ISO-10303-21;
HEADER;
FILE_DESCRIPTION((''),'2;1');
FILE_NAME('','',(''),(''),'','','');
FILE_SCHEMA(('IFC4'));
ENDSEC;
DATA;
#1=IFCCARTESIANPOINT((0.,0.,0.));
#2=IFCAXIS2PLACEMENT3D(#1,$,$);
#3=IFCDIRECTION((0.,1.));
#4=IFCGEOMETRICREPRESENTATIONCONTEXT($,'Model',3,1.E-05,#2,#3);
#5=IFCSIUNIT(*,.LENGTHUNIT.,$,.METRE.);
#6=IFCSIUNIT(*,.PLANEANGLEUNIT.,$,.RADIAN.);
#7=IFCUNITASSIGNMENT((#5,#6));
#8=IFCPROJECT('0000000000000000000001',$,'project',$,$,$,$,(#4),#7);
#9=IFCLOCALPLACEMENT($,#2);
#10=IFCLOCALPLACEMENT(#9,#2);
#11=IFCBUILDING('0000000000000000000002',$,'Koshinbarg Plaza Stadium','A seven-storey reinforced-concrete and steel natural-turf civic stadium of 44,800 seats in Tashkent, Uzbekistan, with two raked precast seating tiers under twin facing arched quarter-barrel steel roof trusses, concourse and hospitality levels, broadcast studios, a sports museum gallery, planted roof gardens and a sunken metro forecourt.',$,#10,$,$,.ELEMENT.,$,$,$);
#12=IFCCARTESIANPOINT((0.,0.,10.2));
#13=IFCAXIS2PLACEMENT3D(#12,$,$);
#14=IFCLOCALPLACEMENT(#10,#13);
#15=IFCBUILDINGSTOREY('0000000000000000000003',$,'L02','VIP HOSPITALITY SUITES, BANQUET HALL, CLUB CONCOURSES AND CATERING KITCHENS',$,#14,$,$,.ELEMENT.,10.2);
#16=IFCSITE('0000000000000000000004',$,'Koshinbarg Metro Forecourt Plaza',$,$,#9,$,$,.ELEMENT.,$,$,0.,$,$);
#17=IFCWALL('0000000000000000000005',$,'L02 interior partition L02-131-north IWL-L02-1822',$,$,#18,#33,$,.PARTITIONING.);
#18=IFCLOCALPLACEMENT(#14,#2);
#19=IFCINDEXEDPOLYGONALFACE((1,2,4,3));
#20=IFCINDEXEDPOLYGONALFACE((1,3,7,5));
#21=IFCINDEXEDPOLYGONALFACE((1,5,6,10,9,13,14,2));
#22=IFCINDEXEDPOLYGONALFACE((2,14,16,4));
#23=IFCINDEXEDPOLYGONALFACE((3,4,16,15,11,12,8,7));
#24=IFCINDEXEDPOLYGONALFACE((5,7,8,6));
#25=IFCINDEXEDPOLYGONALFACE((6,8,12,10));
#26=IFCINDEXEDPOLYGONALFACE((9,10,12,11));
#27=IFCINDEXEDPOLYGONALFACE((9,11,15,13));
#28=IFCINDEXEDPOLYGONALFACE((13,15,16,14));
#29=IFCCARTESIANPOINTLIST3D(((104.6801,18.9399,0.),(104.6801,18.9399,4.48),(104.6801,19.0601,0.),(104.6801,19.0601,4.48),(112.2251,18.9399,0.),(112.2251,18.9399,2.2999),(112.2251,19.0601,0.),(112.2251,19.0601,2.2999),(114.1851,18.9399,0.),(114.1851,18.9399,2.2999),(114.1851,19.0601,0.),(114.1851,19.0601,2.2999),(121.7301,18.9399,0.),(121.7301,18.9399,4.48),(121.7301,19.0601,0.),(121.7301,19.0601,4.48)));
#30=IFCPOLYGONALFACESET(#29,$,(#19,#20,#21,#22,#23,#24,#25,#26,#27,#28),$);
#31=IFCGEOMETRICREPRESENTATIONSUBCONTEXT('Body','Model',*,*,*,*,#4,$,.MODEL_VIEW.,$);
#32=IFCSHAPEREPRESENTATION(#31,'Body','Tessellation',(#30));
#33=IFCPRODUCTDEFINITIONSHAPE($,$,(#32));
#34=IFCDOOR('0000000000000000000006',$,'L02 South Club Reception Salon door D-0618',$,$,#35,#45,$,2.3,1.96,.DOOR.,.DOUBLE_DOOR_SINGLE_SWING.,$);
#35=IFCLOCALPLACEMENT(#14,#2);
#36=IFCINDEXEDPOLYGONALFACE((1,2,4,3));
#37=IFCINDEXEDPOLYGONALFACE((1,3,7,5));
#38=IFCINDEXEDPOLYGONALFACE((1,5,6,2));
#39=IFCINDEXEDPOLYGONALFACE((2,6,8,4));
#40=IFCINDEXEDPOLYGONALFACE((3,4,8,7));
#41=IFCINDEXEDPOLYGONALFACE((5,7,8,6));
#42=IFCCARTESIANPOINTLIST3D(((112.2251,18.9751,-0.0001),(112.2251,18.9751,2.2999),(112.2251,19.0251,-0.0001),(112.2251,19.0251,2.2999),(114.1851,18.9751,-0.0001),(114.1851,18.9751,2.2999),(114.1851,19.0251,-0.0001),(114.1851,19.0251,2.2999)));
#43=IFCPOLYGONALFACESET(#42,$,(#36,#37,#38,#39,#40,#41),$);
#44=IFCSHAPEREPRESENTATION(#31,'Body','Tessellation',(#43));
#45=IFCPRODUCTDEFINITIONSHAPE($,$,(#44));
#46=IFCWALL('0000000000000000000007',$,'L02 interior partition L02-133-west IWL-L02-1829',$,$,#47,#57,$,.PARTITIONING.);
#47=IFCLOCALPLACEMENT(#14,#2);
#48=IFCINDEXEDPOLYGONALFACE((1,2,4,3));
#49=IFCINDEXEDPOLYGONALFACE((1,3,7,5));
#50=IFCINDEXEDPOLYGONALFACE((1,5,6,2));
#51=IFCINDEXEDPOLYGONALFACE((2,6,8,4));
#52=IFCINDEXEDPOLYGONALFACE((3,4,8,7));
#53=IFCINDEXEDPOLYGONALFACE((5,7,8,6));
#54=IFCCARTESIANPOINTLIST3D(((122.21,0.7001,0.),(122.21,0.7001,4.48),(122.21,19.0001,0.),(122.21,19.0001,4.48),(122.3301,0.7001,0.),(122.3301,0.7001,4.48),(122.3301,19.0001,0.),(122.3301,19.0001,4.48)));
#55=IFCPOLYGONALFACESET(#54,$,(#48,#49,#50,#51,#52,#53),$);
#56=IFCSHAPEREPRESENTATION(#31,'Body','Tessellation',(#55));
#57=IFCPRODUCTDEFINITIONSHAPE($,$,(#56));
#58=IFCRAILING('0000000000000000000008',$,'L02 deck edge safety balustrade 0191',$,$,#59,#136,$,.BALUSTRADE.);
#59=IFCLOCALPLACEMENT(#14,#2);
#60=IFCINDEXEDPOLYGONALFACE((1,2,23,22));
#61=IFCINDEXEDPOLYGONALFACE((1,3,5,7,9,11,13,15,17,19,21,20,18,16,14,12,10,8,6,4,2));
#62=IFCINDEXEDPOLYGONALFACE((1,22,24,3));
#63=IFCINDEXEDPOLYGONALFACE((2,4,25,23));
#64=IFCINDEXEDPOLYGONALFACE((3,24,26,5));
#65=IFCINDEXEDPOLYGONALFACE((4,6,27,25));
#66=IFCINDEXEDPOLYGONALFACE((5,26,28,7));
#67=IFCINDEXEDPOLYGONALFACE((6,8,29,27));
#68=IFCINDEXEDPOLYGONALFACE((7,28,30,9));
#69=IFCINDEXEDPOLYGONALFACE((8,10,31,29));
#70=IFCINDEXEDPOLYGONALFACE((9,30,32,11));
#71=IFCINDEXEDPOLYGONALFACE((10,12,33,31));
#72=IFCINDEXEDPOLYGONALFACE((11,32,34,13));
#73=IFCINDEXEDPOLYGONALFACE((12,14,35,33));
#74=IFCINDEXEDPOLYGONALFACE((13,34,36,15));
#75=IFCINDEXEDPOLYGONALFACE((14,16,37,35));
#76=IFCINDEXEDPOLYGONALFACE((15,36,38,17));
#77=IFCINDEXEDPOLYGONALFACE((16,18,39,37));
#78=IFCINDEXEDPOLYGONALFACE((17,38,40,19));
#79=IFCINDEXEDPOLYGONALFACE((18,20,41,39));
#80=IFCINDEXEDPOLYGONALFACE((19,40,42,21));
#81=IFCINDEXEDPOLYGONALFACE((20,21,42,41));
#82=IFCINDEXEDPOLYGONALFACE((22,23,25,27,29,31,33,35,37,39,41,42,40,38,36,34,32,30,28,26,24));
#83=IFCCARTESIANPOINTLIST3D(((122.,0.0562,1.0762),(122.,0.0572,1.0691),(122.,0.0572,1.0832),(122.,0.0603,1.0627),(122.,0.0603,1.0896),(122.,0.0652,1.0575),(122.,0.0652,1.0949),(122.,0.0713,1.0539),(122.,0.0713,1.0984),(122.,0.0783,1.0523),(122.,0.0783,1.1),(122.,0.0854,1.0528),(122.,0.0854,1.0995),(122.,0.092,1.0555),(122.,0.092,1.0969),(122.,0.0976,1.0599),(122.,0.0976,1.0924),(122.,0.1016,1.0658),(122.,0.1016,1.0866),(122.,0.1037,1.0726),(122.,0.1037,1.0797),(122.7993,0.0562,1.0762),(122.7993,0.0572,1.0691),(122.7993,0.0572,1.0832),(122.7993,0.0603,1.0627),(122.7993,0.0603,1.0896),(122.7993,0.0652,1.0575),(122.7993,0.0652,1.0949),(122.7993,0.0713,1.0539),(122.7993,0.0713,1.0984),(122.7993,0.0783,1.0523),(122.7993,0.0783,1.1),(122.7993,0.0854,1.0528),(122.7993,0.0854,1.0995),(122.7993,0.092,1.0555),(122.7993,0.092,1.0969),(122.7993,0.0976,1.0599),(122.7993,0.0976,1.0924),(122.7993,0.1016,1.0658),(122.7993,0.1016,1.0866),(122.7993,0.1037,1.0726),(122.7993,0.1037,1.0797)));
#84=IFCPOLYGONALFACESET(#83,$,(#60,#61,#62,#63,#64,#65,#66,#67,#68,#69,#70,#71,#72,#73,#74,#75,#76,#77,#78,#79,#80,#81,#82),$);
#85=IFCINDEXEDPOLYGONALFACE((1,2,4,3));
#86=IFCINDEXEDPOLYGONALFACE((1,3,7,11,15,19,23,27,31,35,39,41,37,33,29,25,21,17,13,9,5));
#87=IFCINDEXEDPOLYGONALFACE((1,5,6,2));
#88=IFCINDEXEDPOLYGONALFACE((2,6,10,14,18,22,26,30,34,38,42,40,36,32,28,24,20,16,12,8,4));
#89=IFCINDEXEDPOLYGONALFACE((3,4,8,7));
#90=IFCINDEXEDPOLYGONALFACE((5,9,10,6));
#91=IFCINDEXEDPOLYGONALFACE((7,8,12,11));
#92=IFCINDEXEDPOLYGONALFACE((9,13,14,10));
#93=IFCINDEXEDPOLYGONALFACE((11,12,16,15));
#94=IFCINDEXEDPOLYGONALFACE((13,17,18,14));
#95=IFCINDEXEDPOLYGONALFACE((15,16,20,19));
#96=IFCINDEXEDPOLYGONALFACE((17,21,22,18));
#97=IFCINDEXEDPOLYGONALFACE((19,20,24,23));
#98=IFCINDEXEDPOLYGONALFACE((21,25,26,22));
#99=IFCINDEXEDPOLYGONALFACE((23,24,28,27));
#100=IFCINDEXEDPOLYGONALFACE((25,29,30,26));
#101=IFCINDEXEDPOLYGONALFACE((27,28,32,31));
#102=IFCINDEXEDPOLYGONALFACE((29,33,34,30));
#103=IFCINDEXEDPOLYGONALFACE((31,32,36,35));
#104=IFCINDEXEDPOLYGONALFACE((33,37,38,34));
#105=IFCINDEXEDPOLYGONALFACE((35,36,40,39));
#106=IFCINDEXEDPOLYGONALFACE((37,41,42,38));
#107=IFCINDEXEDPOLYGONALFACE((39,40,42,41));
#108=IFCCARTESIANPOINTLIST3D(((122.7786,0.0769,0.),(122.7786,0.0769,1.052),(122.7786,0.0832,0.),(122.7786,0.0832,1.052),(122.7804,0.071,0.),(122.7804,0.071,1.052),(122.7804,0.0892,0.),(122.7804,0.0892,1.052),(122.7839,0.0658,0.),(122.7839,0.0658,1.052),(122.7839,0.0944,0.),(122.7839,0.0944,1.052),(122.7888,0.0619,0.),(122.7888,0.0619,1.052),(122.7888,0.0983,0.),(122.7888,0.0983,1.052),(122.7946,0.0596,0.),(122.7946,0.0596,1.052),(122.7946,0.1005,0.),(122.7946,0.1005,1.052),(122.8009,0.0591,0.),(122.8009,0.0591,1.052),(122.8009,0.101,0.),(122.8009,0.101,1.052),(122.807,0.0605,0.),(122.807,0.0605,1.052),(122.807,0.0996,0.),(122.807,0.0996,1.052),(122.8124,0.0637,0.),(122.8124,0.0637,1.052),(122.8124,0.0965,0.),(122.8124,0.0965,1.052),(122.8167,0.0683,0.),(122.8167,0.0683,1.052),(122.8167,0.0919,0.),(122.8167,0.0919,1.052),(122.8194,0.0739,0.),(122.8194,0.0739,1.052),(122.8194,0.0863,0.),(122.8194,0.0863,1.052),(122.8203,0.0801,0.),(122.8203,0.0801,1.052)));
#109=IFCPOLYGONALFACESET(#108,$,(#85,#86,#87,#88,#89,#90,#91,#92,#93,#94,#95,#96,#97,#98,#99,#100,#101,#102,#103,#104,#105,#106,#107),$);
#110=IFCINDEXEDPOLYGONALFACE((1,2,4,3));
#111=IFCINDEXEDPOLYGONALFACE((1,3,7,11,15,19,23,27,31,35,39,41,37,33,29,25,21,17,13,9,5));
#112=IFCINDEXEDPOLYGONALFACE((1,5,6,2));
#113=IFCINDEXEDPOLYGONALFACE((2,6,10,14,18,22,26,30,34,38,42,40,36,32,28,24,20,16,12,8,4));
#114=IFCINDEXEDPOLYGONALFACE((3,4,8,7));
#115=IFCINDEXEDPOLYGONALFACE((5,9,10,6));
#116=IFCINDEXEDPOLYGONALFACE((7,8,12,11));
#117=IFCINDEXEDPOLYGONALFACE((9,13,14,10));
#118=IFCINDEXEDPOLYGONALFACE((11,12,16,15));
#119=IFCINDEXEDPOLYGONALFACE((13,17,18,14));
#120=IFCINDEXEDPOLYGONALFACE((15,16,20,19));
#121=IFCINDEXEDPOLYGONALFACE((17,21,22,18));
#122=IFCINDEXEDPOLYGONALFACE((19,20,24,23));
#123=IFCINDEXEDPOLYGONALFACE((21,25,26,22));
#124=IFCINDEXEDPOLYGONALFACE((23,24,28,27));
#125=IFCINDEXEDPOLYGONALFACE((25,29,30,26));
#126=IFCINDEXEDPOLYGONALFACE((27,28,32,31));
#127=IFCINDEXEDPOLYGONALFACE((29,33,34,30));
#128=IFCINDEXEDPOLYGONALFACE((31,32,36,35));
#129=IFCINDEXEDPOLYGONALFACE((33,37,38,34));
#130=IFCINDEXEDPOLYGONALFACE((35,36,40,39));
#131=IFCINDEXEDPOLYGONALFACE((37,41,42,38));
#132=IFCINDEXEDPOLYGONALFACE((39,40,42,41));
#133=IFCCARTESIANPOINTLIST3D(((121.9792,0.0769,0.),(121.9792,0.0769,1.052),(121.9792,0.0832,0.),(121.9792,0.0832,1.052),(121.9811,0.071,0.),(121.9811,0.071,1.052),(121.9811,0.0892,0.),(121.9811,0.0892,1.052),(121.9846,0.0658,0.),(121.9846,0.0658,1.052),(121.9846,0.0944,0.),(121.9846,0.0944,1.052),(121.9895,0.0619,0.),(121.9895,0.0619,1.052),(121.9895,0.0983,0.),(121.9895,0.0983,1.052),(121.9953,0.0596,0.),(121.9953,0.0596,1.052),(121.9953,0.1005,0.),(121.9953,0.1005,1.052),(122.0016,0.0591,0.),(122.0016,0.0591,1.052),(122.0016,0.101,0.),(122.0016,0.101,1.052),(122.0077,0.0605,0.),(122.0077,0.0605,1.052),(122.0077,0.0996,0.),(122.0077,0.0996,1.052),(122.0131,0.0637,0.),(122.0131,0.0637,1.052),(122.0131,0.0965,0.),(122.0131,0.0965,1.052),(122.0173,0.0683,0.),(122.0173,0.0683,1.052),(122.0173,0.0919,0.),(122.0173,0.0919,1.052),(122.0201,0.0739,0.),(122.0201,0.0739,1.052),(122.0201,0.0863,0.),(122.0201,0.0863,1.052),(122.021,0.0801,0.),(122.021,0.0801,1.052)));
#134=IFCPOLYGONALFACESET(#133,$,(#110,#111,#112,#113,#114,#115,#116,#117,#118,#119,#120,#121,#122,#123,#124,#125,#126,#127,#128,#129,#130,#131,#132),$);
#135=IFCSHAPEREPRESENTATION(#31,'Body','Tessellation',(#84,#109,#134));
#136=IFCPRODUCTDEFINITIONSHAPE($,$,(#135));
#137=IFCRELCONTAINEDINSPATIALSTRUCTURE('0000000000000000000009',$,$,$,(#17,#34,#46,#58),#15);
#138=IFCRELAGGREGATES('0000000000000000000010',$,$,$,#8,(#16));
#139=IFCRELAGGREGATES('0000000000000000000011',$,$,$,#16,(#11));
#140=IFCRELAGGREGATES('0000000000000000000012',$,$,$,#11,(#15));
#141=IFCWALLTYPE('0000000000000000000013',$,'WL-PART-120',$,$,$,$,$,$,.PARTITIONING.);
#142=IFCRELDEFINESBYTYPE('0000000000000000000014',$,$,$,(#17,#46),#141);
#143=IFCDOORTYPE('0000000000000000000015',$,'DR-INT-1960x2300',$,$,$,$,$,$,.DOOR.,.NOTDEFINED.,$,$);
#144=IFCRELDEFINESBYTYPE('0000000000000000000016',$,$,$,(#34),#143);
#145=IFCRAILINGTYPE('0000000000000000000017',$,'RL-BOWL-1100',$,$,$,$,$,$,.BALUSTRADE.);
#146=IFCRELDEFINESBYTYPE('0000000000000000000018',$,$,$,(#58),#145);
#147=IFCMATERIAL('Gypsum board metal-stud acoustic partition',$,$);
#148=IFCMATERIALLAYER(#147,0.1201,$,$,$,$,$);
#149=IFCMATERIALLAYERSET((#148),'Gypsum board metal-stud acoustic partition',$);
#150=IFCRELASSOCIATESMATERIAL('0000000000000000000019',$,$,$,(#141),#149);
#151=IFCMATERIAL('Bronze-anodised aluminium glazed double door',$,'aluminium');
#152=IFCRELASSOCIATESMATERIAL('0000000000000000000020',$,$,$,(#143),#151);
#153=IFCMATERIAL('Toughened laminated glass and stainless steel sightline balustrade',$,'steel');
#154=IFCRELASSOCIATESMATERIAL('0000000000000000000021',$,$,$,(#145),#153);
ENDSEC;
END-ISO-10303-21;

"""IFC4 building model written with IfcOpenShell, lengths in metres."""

from ifc_helpers import new_model, si_unit, direction, frame, frame_2d, origin, origin_2d, place, context, subcontext, project, spatial, rectangle, circle, extrude, material, layer, layer_set, type_object, element, fill, save


model = new_model("IFC4")

# Units and contexts
model_context = context("Model", 3, precision=1e-05, world=origin(), true_north=direction((0.0, 1.0)))
body_context = subcontext(model_context, "Body", "Model", "MODEL_VIEW")
ifc_project = project(units=[si_unit("LENGTHUNIT", "METRE"), si_unit("PLANEANGLEUNIT", "RADIAN")], contexts=[model_context])

# Site, building, storey
site_placement = place(None, origin())
site = spatial("IfcSite", under=ifc_project, at=site_placement, Name="Koshinbarg Metro Forecourt Plaza", CompositionType="ELEMENT", RefElevation=0.0)
building_placement = place(site_placement, origin())
building = spatial("IfcBuilding", under=site, at=building_placement, Name="Koshinbarg Plaza Stadium", Description="A seven-storey reinforced-concrete and steel natural-turf civic stadium of 44,800 seats in Tashkent, Uzbekistan, with two raked precast seating tiers under twin facing arched quarter-barrel steel roof trusses, concourse and hospitality levels, broadcast studios, a sports museum gallery, planted roof gardens and a sunken metro forecourt.", CompositionType="ELEMENT")
storey_placement = place(building_placement, frame((0.0, 0.0, 10.2)))
storey = spatial("IfcBuildingStorey", under=building, at=storey_placement, Name="L02", Description="VIP HOSPITALITY SUITES, BANQUET HALL, CLUB CONCOURSES AND CATERING KITCHENS", CompositionType="ELEMENT", Elevation=10.2)

# Shared definitions
ifc_material_1 = material(Name="Gypsum board metal-stud acoustic partition")
ifc_layer_1 = layer(ifc_material_1, 0.1201)
ifc_layer_set_1 = layer_set([ifc_layer_1], Name="Gypsum board metal-stud acoustic partition")
wall_type_1 = type_object("IfcWallType", Name="WL-PART-120", PredefinedType="PARTITIONING", material=ifc_layer_set_1)

# Wall, opening, door
wall_1_placement = place(storey_placement, frame((121.73, 19.0, 0.0), z_axis=(0.0, 0.0, 1.0), x_axis=(-1.0, 0.0, 0.0)))
wall_1 = element("IfcWall", 1, at=wall_1_placement, inside=storey, type_object=wall_type_1, Name="L02 interior partition L02-131-north IWL-L02-1822", PredefinedType="PARTITIONING", context=body_context, shape_type="SweptSolid", body=[
    extrude(rectangle(XDim=17.05, YDim=0.1201, at=frame_2d((8.5249, 0.0))), origin(), (0.0, 0.0, 1.0), 4.48),
])
opening_1_placement = place(wall_1_placement, frame((7.5449, 0.0, 0.0)))
opening_1 = element("IfcOpeningElement", 2, at=opening_1_placement, cuts=wall_1, PredefinedType="OPENING", context=body_context, shape_type="SweptSolid", body=[
    extrude(rectangle(XDim=1.96, YDim=2.3, at=frame_2d((0.98, 1.1499))), frame((0.0, 0.0701, 0.0), z_axis=(0.0, -1.0, 0.0), x_axis=(1.0, 0.0, 0.0)), (0.0, 0.0, 1.0), 0.1401),
])
ifc_material_2 = material(Name="Bronze-anodised aluminium glazed double door", Category="aluminium")
door_type = type_object("IfcDoorType", Name="DR-INT-1960x2300", OperationType="NOTDEFINED", PredefinedType="DOOR", material=ifc_material_2)
door_placement = place(opening_1_placement, origin())
door = element("IfcDoor", 3, at=door_placement, inside=storey, type_object=door_type, Name="L02 South Club Reception Salon door D-0618", OperationType="DOUBLE_DOOR_SINGLE_SWING", OverallHeight=2.3, OverallWidth=1.96, PredefinedType="DOOR", context=body_context, shape_type="SweptSolid", body=[
    extrude(rectangle(XDim=1.96, YDim=2.3, at=frame_2d((0.98, 1.1499))), frame((0.0, 0.0249, 0.0), z_axis=(0.0, -1.0, 0.0), x_axis=(1.0, 0.0, 0.0)), (0.0, 0.0, 1.0), 0.05),
])
fill(opening_1, door)

# Wall
wall_2_placement = place(storey_placement, frame((122.27, 19.0, 0.0), z_axis=(0.0, 0.0, 1.0), x_axis=(0.0, -1.0, 0.0)))
element("IfcWall", 4, at=wall_2_placement, inside=storey, type_object=wall_type_1, Name="L02 interior partition L02-133-west IWL-L02-1829", PredefinedType="PARTITIONING", context=body_context, shape_type="SweptSolid", body=[
    extrude(rectangle(XDim=18.3, YDim=0.1201, at=frame_2d((9.1499, 0.0))), origin(), (0.0, 0.0, 1.0), 4.48),
])

# Railing
ifc_material_3 = material(Name="Toughened laminated glass and stainless steel sightline balustrade", Category="steel")
railing_type = type_object("IfcRailingType", Name="RL-BOWL-1100", PredefinedType="BALUSTRADE", material=ifc_material_3)
railing_placement = place(storey_placement, frame((122.7993, 0.0801, 0.0)))
element("IfcRailing", 5, at=railing_placement, inside=storey, type_object=railing_type, Name="L02 deck edge safety balustrade 0191", PredefinedType="BALUSTRADE", context=body_context, shape_type="SweptSolid", body=[
    extrude(circle(Radius=0.0239, at=origin_2d()), frame((0.0, 0.0, 1.0762), z_axis=(-1.0, 0.0, 0.0), x_axis=(0.0, -1.0, 0.0)), (0.0, 0.0, 1.0), 0.7993),
    extrude(circle(Radius=0.021, at=origin_2d()), origin(), (0.0, 0.0, 1.0), 1.052),
    extrude(circle(Radius=0.021, at=origin_2d()), frame((-0.7993, 0.0, 0.0)), (0.0, 0.0, 1.0), 1.052),
])

save(model, "model.ifc")
